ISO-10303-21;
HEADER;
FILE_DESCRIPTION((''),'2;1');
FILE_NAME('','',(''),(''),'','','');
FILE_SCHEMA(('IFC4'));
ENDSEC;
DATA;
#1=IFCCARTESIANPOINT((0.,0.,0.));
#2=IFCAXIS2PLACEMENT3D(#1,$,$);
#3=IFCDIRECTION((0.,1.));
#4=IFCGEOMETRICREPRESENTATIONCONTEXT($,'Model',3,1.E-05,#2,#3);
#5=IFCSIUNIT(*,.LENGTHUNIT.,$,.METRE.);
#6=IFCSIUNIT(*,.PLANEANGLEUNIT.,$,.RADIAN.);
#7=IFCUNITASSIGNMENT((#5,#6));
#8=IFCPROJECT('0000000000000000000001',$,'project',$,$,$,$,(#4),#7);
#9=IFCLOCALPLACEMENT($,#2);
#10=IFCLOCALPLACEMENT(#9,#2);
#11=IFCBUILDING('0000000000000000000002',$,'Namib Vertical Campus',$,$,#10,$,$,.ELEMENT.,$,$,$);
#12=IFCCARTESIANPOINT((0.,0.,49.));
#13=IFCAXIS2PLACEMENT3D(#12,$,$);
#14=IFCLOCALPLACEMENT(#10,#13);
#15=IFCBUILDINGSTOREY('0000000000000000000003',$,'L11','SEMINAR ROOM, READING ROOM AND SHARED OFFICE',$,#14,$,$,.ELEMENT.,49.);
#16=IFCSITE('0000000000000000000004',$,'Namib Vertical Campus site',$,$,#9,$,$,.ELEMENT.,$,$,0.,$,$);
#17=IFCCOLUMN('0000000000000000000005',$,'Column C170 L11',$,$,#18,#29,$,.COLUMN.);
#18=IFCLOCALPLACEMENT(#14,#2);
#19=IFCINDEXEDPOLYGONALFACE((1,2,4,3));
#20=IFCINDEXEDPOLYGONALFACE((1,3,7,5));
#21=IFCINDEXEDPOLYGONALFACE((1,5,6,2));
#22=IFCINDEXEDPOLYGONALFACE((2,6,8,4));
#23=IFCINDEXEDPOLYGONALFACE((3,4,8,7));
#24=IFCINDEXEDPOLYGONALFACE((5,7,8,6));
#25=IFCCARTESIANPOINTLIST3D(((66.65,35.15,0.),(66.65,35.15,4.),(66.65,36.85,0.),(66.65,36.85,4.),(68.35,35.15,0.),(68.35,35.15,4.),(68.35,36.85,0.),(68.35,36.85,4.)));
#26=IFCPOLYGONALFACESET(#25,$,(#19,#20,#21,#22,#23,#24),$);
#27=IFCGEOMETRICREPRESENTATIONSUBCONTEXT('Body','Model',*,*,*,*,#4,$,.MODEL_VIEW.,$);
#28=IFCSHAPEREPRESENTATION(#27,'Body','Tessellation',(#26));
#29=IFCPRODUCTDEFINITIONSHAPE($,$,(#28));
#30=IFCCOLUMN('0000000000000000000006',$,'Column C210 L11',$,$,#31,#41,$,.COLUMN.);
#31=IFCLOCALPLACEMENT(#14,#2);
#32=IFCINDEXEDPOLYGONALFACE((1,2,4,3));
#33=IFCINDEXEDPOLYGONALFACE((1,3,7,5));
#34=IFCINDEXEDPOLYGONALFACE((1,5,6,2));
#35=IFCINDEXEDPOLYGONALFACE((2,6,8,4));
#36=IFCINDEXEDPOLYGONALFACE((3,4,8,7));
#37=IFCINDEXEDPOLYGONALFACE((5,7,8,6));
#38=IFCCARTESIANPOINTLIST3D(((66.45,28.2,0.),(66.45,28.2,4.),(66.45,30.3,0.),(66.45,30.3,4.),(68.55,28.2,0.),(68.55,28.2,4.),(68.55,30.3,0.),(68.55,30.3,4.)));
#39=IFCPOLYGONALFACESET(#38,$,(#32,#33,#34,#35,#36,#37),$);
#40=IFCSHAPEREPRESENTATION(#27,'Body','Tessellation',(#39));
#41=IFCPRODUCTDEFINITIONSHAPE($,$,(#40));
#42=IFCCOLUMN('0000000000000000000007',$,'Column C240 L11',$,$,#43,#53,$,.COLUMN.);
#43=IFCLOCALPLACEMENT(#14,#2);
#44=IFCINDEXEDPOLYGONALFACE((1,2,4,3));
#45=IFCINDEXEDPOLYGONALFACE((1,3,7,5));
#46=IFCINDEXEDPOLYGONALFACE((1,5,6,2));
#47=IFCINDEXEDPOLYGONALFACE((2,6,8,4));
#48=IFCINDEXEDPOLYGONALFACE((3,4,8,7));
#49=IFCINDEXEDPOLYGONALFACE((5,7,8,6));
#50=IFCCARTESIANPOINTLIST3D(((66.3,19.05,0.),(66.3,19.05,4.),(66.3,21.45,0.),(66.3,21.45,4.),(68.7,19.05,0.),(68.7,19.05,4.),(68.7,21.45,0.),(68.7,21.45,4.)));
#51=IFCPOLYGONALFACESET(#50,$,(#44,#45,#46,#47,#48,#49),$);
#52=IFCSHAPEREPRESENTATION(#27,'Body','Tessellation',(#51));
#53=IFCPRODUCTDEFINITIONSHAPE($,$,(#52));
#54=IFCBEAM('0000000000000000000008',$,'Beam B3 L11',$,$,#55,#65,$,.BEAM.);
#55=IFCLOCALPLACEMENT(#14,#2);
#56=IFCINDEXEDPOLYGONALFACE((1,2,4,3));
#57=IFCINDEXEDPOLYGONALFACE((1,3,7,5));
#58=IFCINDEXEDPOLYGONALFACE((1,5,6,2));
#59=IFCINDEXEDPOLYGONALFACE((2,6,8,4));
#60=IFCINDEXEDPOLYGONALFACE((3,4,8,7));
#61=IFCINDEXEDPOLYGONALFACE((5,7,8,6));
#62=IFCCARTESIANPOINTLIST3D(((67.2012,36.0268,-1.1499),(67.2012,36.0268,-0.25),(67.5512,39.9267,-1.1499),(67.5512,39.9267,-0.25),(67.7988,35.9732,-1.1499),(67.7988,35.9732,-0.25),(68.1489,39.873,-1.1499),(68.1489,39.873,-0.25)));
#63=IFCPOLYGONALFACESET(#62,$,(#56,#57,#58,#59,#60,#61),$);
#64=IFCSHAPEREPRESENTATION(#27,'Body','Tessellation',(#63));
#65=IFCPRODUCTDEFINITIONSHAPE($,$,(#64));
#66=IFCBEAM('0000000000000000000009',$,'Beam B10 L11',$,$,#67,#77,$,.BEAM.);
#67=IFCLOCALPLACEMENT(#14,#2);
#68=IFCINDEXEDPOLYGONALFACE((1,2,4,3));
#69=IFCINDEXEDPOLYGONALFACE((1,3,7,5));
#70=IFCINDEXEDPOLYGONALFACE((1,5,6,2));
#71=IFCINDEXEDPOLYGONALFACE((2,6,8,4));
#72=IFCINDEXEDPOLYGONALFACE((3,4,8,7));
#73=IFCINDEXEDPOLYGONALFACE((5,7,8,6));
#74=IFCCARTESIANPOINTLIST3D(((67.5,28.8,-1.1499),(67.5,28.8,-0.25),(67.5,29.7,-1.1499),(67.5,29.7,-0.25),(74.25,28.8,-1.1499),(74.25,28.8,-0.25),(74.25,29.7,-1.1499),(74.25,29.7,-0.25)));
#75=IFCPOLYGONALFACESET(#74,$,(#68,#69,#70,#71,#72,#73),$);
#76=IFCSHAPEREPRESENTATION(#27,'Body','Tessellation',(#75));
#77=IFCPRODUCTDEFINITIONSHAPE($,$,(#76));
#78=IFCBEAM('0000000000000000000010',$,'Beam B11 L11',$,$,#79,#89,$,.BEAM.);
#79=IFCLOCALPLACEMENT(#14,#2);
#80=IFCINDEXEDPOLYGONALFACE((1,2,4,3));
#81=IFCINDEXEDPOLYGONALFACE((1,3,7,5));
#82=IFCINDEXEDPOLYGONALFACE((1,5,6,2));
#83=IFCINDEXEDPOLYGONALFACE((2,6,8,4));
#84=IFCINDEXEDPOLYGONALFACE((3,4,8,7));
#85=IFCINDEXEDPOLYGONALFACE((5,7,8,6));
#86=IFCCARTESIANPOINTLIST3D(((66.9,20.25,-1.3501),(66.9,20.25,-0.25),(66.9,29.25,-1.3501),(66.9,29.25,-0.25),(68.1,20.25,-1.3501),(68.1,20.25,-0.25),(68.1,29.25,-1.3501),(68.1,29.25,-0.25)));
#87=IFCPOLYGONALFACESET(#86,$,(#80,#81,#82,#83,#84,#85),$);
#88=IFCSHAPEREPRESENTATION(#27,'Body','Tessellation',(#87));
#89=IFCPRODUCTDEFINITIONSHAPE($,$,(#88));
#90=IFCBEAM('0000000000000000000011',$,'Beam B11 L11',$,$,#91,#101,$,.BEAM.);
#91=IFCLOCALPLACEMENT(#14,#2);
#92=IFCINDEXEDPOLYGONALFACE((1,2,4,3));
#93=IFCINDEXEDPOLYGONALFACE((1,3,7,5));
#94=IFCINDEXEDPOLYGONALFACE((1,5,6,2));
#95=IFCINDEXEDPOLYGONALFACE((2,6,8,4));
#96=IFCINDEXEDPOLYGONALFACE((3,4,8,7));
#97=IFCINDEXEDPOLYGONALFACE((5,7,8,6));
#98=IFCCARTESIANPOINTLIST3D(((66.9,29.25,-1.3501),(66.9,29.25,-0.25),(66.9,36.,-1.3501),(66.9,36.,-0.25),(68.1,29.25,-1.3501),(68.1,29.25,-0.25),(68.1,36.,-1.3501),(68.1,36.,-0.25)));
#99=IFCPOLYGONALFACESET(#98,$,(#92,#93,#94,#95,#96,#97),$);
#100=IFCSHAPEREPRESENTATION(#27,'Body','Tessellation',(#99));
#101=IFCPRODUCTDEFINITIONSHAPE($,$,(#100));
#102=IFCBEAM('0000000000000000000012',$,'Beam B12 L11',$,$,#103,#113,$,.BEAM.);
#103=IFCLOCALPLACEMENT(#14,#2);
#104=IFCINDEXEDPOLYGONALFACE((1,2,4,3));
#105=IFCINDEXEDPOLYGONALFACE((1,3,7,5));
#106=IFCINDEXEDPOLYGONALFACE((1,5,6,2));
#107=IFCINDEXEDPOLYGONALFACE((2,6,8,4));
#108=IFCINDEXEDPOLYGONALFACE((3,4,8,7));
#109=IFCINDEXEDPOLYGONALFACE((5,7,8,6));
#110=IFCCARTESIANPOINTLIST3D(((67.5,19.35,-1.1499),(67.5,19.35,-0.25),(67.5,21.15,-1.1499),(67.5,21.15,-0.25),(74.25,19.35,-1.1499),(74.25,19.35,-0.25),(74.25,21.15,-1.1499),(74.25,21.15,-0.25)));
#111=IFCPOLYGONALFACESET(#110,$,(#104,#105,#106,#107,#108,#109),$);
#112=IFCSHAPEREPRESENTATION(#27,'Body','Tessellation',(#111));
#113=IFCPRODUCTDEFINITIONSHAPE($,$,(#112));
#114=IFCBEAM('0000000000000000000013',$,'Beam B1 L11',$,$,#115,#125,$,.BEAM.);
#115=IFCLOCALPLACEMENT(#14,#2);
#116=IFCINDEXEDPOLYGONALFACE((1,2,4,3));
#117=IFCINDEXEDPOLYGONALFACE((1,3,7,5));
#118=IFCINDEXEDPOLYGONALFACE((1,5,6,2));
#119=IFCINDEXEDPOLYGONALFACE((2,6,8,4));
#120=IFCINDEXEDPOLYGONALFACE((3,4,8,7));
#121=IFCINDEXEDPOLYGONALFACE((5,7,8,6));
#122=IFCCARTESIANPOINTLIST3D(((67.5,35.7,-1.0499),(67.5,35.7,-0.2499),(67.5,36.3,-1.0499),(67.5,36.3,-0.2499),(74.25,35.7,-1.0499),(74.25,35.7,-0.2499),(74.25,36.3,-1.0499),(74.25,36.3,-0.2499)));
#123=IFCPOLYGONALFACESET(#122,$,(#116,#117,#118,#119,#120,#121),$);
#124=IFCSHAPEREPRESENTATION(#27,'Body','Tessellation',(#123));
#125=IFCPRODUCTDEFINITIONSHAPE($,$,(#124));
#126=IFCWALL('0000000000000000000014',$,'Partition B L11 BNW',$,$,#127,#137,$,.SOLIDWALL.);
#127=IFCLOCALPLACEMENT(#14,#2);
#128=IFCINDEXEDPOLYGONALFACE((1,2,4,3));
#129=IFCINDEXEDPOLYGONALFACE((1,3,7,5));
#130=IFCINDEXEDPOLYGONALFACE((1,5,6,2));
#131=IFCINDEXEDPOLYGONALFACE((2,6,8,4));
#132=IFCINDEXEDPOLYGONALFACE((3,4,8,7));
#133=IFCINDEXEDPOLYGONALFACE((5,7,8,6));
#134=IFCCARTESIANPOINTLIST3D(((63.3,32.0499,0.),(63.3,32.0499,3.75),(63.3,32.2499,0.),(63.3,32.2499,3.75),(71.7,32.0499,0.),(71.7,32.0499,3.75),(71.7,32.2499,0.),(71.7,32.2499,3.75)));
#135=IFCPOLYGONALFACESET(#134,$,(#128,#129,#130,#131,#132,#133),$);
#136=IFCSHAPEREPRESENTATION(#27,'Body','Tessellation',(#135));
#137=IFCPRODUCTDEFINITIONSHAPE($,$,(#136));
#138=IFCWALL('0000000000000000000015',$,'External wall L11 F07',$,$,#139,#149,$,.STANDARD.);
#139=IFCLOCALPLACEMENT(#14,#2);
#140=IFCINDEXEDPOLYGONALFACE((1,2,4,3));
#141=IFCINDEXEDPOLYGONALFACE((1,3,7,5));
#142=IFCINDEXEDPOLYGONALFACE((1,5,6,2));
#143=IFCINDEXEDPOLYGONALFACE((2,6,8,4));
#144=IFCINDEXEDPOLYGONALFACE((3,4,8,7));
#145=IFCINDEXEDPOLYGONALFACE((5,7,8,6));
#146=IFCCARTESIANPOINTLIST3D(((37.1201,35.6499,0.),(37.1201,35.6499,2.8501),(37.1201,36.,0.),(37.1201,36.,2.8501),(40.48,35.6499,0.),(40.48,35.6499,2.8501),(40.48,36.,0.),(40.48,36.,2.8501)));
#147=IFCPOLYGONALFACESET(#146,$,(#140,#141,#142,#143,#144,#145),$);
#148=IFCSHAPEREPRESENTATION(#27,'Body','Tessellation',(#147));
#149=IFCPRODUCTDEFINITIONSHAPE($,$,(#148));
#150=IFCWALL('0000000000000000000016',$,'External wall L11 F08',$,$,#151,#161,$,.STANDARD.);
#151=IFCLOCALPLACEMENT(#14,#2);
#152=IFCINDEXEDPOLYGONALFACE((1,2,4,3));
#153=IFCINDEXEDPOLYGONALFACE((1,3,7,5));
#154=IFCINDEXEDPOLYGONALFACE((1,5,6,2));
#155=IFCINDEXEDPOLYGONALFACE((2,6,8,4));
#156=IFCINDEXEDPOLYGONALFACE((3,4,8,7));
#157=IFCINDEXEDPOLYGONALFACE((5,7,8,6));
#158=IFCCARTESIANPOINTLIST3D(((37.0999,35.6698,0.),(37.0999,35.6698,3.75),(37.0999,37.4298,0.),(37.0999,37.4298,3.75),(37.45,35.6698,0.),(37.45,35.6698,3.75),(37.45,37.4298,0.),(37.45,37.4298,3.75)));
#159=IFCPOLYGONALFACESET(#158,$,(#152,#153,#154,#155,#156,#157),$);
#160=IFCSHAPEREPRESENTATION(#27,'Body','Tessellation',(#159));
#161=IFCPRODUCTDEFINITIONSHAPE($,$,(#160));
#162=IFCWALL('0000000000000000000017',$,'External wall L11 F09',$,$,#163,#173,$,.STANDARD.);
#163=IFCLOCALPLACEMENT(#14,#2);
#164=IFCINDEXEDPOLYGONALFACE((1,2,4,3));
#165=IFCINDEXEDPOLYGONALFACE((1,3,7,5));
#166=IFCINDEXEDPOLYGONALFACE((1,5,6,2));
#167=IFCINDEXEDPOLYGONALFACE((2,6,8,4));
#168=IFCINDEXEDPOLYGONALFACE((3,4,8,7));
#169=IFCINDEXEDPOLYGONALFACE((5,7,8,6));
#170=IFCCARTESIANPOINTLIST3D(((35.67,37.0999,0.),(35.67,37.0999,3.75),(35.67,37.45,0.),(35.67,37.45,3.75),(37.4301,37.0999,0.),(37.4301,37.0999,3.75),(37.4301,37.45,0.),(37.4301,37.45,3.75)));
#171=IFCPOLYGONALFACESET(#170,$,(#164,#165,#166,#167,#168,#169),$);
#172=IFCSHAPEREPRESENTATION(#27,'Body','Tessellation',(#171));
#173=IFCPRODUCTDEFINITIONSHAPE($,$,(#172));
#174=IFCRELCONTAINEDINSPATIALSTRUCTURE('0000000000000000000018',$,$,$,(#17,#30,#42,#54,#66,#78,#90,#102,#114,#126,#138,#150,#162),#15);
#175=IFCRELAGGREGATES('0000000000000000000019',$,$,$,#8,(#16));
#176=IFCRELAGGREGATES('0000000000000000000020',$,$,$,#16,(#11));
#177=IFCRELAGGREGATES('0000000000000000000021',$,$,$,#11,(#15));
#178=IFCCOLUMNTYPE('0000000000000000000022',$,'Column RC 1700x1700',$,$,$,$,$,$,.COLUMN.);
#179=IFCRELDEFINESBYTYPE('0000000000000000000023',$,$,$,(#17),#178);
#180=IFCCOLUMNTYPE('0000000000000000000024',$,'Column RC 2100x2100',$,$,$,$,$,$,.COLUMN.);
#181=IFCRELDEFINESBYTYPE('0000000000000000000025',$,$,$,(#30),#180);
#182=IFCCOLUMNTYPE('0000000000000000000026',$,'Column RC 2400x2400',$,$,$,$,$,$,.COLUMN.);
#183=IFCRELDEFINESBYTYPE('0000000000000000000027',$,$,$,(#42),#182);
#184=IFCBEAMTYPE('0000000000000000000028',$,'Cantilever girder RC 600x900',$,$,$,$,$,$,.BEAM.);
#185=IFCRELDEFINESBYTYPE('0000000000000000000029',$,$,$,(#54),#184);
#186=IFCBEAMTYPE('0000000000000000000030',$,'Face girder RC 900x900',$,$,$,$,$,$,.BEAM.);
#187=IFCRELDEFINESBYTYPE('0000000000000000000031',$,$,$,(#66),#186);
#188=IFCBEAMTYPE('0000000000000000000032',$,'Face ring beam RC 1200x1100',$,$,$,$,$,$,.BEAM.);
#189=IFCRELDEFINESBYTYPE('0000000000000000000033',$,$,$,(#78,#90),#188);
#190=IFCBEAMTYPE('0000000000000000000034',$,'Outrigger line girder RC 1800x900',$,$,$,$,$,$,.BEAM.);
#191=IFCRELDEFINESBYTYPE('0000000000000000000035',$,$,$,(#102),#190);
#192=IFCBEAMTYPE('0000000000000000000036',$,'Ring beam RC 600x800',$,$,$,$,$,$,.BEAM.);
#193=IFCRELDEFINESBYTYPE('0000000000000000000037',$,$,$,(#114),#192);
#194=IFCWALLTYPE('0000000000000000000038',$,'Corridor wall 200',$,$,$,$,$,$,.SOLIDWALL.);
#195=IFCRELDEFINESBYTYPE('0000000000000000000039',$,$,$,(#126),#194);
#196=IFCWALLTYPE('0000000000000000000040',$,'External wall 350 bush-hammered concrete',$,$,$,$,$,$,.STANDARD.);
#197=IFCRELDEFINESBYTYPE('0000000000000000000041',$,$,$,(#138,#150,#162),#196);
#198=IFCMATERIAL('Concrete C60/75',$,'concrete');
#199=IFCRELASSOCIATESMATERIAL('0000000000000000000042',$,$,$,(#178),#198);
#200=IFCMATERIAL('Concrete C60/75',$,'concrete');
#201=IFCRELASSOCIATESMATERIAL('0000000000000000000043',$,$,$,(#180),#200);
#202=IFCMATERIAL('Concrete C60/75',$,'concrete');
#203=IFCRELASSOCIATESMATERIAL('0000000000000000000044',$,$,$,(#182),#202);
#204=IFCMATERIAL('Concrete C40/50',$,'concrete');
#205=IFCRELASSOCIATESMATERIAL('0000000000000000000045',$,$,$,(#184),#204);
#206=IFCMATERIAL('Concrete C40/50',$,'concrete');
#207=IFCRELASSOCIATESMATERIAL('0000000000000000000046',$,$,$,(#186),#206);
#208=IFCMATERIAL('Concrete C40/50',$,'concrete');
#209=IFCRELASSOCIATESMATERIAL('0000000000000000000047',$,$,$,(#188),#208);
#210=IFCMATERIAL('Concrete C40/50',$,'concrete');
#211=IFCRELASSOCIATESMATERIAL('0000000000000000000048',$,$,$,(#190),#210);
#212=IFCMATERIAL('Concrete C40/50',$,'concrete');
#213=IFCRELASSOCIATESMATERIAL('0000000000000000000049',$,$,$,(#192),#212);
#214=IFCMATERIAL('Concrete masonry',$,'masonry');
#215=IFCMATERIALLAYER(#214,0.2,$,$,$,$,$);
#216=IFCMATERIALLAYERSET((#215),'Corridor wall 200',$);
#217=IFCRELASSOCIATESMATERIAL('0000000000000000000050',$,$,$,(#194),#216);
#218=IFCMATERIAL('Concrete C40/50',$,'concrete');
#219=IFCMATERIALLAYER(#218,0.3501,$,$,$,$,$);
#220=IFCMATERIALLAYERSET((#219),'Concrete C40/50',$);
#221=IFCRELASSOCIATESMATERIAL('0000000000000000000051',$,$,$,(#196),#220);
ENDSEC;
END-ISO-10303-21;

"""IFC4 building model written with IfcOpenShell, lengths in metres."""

from ifc_helpers import new_model, si_unit, direction, frame, frame_2d, origin, origin_2d, place, context, subcontext, project, spatial, rectangle, extrude, material, layer, layer_set, material_profile, profile_set, type_object, element, save


model = new_model("IFC4")

# Units and contexts
model_context = context("Model", 3, precision=1e-05, world=origin(), true_north=direction((0.0, 1.0)))
body_context = subcontext(model_context, "Body", "Model", "MODEL_VIEW")
ifc_project = project(units=[si_unit("LENGTHUNIT", "METRE"), si_unit("PLANEANGLEUNIT", "RADIAN")], contexts=[model_context])

# Site, building, storey
site_placement = place(None, origin())
site = spatial("IfcSite", under=ifc_project, at=site_placement, Name="Namib Vertical Campus site", CompositionType="ELEMENT", RefElevation=0.0)
building_placement = place(site_placement, origin())
building = spatial("IfcBuilding", under=site, at=building_placement, Name="Namib Vertical Campus", CompositionType="ELEMENT")
storey_placement = place(building_placement, frame((0.0, 0.0, 49.0)))
storey = spatial("IfcBuildingStorey", under=building, at=storey_placement, Name="L11", Description="SEMINAR ROOM, READING ROOM AND SHARED OFFICE", CompositionType="ELEMENT", Elevation=49.0)

# Columns
ifc_material_1 = material(Name="Concrete C60/75", Category="concrete")
ifc_material_profile_1 = material_profile(ifc_material_1, rectangle(XDim=1.7, YDim=1.7, at=origin_2d()))
ifc_profile_set_1 = profile_set([ifc_material_profile_1], Name="Concrete C60/75")
column_type_1 = type_object("IfcColumnType", Name="Column RC 1700x1700", PredefinedType="COLUMN", material=ifc_profile_set_1)
column_1_placement = place(storey_placement, frame((67.5, 36.0, 0.0), z_axis=(0.0, 0.0, 1.0), x_axis=(1.0, 0.0, 0.0)))
element("IfcColumn", 1, at=column_1_placement, inside=storey, type_object=column_type_1, Name="Column C170 L11", PredefinedType="COLUMN", context=body_context, shape_type="SweptSolid", body=[
    extrude(rectangle(XDim=1.7, YDim=1.7, at=origin_2d()), origin(), (0.0, 0.0, 1.0), 4.0),
])
ifc_material_2 = material(Name="Concrete C60/75", Category="concrete")
ifc_material_profile_2 = material_profile(ifc_material_2, rectangle(XDim=2.1001, YDim=2.1001, at=origin_2d()))
ifc_profile_set_2 = profile_set([ifc_material_profile_2], Name="Concrete C60/75")
column_type_2 = type_object("IfcColumnType", Name="Column RC 2100x2100", PredefinedType="COLUMN", material=ifc_profile_set_2)
column_2_placement = place(storey_placement, frame((67.5, 29.25, 0.0), z_axis=(0.0, 0.0, 1.0), x_axis=(1.0, 0.0, 0.0)))
element("IfcColumn", 2, at=column_2_placement, inside=storey, type_object=column_type_2, Name="Column C210 L11", PredefinedType="COLUMN", context=body_context, shape_type="SweptSolid", body=[
    extrude(rectangle(XDim=2.1001, YDim=2.1001, at=origin_2d()), origin(), (0.0, 0.0, 1.0), 4.0),
])
ifc_material_3 = material(Name="Concrete C60/75", Category="concrete")
ifc_material_profile_3 = material_profile(ifc_material_3, rectangle(XDim=2.3999, YDim=2.3999, at=origin_2d()))
ifc_profile_set_3 = profile_set([ifc_material_profile_3], Name="Concrete C60/75")
column_type_3 = type_object("IfcColumnType", Name="Column RC 2400x2400", PredefinedType="COLUMN", material=ifc_profile_set_3)
column_3_placement = place(storey_placement, frame((67.5, 20.25, 0.0), z_axis=(0.0, 0.0, 1.0), x_axis=(1.0, 0.0, 0.0)))
element("IfcColumn", 3, at=column_3_placement, inside=storey, type_object=column_type_3, Name="Column C240 L11", PredefinedType="COLUMN", context=body_context, shape_type="SweptSolid", body=[
    extrude(rectangle(XDim=2.3999, YDim=2.3999, at=origin_2d()), origin(), (0.0, 0.0, 1.0), 4.0),
])

# Beams
ifc_material_4 = material(Name="Concrete C40/50", Category="concrete")
ifc_material_profile_4 = material_profile(ifc_material_4, rectangle(XDim=0.6001, YDim=0.8999, at=origin_2d()))
ifc_profile_set_4 = profile_set([ifc_material_profile_4], Name="Concrete C40/50")
beam_type_1 = type_object("IfcBeamType", Name="Cantilever girder RC 600x900", PredefinedType="BEAM", material=ifc_profile_set_4)
beam_1_placement = place(storey_placement, frame((67.5, 36.0, -0.7), z_axis=(0.089411, 0.995995, 0.0), x_axis=(-0.995995, 0.089411, 0.0)))
element("IfcBeam", 4, at=beam_1_placement, inside=storey, type_object=beam_type_1, Name="Beam B3 L11", PredefinedType="BEAM", context=body_context, shape_type="SweptSolid", body=[
    extrude(rectangle(XDim=0.6001, YDim=0.8999, at=origin_2d()), origin(), (0.0, 0.0, 1.0), 3.9155),
])
ifc_material_5 = material(Name="Concrete C40/50", Category="concrete")
ifc_material_profile_5 = material_profile(ifc_material_5, rectangle(XDim=0.8999, YDim=0.8999, at=origin_2d()))
ifc_profile_set_5 = profile_set([ifc_material_profile_5], Name="Concrete C40/50")
beam_type_2 = type_object("IfcBeamType", Name="Face girder RC 900x900", PredefinedType="BEAM", material=ifc_profile_set_5)
beam_2_placement = place(storey_placement, frame((67.5, 29.25, -0.7), z_axis=(1.0, 0.0, 0.0), x_axis=(0.0, 1.0, 0.0)))
element("IfcBeam", 5, at=beam_2_placement, inside=storey, type_object=beam_type_2, Name="Beam B10 L11", PredefinedType="BEAM", context=body_context, shape_type="SweptSolid", body=[
    extrude(rectangle(XDim=0.8999, YDim=0.8999, at=origin_2d()), origin(), (0.0, 0.0, 1.0), 6.75),
])
ifc_material_6 = material(Name="Concrete C40/50", Category="concrete")
ifc_material_profile_6 = material_profile(ifc_material_6, rectangle(XDim=1.2, YDim=1.1001, at=origin_2d()))
ifc_profile_set_6 = profile_set([ifc_material_profile_6], Name="Concrete C40/50")
beam_type_3 = type_object("IfcBeamType", Name="Face ring beam RC 1200x1100", PredefinedType="BEAM", material=ifc_profile_set_6)
beam_3_placement = place(storey_placement, frame((67.5, 20.25, -0.8), z_axis=(0.0, 1.0, 0.0), x_axis=(-1.0, 0.0, 0.0)))
element("IfcBeam", 6, at=beam_3_placement, inside=storey, type_object=beam_type_3, Name="Beam B11 L11", PredefinedType="BEAM", context=body_context, shape_type="SweptSolid", body=[
    extrude(rectangle(XDim=1.2, YDim=1.1001, at=origin_2d()), origin(), (0.0, 0.0, 1.0), 9.0),
])
beam_4_placement = place(storey_placement, frame((67.5, 29.25, -0.8), z_axis=(0.0, 1.0, 0.0), x_axis=(-1.0, 0.0, 0.0)))
element("IfcBeam", 7, at=beam_4_placement, inside=storey, type_object=beam_type_3, Name="Beam B11 L11", PredefinedType="BEAM", context=body_context, shape_type="SweptSolid", body=[
    extrude(rectangle(XDim=1.2, YDim=1.1001, at=origin_2d()), origin(), (0.0, 0.0, 1.0), 6.75),
])
ifc_material_7 = material(Name="Concrete C40/50", Category="concrete")
ifc_material_profile_7 = material_profile(ifc_material_7, rectangle(XDim=1.8, YDim=0.8999, at=origin_2d()))
ifc_profile_set_7 = profile_set([ifc_material_profile_7], Name="Concrete C40/50")
beam_type_4 = type_object("IfcBeamType", Name="Outrigger line girder RC 1800x900", PredefinedType="BEAM", material=ifc_profile_set_7)
beam_5_placement = place(storey_placement, frame((67.5, 20.25, -0.7), z_axis=(1.0, 0.0, 0.0), x_axis=(0.0, 1.0, 0.0)))
element("IfcBeam", 8, at=beam_5_placement, inside=storey, type_object=beam_type_4, Name="Beam B12 L11", PredefinedType="BEAM", context=body_context, shape_type="SweptSolid", body=[
    extrude(rectangle(XDim=1.8, YDim=0.8999, at=origin_2d()), origin(), (0.0, 0.0, 1.0), 6.75),
])
ifc_material_8 = material(Name="Concrete C40/50", Category="concrete")
ifc_material_profile_8 = material_profile(ifc_material_8, rectangle(XDim=0.6001, YDim=0.8, at=origin_2d()))
ifc_profile_set_8 = profile_set([ifc_material_profile_8], Name="Concrete C40/50")
beam_type_5 = type_object("IfcBeamType", Name="Ring beam RC 600x800", PredefinedType="BEAM", material=ifc_profile_set_8)
beam_6_placement = place(storey_placement, frame((67.5, 36.0, -0.6499), z_axis=(1.0, 0.0, 0.0), x_axis=(0.0, 1.0, 0.0)))
element("IfcBeam", 9, at=beam_6_placement, inside=storey, type_object=beam_type_5, Name="Beam B1 L11", PredefinedType="BEAM", context=body_context, shape_type="SweptSolid", body=[
    extrude(rectangle(XDim=0.6001, YDim=0.8, at=origin_2d()), origin(), (0.0, 0.0, 1.0), 6.75),
])

# Walls
ifc_material_9 = material(Name="Concrete masonry", Category="masonry")
ifc_layer_1 = layer(ifc_material_9, 0.2)
ifc_layer_set_1 = layer_set([ifc_layer_1], Name="Corridor wall 200")
wall_type_1 = type_object("IfcWallType", Name="Corridor wall 200", PredefinedType="SOLIDWALL", material=ifc_layer_set_1)
wall_1_placement = place(storey_placement, frame((63.3, 32.1499, 0.0), z_axis=(0.0, 0.0, 1.0), x_axis=(1.0, 0.0, 0.0)))
element("IfcWall", 10, at=wall_1_placement, inside=storey, type_object=wall_type_1, Name="Partition B L11 BNW", PredefinedType="SOLIDWALL", context=body_context, shape_type="SweptSolid", body=[
    extrude(rectangle(XDim=8.3999, YDim=0.2, at=frame_2d((4.2, 0.0))), origin(), (0.0, 0.0, 1.0), 3.75),
])
ifc_material_10 = material(Name="Concrete C40/50", Category="concrete")
ifc_layer_2 = layer(ifc_material_10, 0.3501)
ifc_layer_set_2 = layer_set([ifc_layer_2], Name="Concrete C40/50")
wall_type_2 = type_object("IfcWallType", Name="External wall 350 bush-hammered concrete", PredefinedType="STANDARD", material=ifc_layer_set_2)
wall_2_placement = place(storey_placement, frame((40.48, 35.825, 0.0), z_axis=(0.0, 0.0, 1.0), x_axis=(-1.0, 0.0, 0.0)))
element("IfcWall", 11, at=wall_2_placement, inside=storey, type_object=wall_type_2, Name="External wall L11 F07", PredefinedType="STANDARD", context=body_context, shape_type="SweptSolid", body=[
    extrude(rectangle(XDim=3.3599, YDim=0.3501, at=frame_2d((1.6799, 0.0))), origin(), (0.0, 0.0, 1.0), 2.8501),
])
for number, where, z_axis, x_axis, name in (
    (12, (37.2749, 35.6699, 0.0), (0.0, 0.0, 1.0), (0.0, 1.0, 0.0), "External wall L11 F08"),
    (13, (37.4299, 37.2749, 0.0), (0.0, 0.0, 1.0), (-1.0, 0.0, 0.0), "External wall L11 F09"),
):
    element("IfcWall", number, at=place(storey_placement, frame(where, z_axis=z_axis, x_axis=x_axis)), inside=storey, type_object=wall_type_2, Name=name, PredefinedType="STANDARD", context=body_context, shape_type="SweptSolid", body=[
        extrude(rectangle(XDim=1.76, YDim=0.3501, at=frame_2d((0.8799, 0.0))), origin(), (0.0, 0.0, 1.0), 3.75),
    ])

save(model, "model.ifc")
